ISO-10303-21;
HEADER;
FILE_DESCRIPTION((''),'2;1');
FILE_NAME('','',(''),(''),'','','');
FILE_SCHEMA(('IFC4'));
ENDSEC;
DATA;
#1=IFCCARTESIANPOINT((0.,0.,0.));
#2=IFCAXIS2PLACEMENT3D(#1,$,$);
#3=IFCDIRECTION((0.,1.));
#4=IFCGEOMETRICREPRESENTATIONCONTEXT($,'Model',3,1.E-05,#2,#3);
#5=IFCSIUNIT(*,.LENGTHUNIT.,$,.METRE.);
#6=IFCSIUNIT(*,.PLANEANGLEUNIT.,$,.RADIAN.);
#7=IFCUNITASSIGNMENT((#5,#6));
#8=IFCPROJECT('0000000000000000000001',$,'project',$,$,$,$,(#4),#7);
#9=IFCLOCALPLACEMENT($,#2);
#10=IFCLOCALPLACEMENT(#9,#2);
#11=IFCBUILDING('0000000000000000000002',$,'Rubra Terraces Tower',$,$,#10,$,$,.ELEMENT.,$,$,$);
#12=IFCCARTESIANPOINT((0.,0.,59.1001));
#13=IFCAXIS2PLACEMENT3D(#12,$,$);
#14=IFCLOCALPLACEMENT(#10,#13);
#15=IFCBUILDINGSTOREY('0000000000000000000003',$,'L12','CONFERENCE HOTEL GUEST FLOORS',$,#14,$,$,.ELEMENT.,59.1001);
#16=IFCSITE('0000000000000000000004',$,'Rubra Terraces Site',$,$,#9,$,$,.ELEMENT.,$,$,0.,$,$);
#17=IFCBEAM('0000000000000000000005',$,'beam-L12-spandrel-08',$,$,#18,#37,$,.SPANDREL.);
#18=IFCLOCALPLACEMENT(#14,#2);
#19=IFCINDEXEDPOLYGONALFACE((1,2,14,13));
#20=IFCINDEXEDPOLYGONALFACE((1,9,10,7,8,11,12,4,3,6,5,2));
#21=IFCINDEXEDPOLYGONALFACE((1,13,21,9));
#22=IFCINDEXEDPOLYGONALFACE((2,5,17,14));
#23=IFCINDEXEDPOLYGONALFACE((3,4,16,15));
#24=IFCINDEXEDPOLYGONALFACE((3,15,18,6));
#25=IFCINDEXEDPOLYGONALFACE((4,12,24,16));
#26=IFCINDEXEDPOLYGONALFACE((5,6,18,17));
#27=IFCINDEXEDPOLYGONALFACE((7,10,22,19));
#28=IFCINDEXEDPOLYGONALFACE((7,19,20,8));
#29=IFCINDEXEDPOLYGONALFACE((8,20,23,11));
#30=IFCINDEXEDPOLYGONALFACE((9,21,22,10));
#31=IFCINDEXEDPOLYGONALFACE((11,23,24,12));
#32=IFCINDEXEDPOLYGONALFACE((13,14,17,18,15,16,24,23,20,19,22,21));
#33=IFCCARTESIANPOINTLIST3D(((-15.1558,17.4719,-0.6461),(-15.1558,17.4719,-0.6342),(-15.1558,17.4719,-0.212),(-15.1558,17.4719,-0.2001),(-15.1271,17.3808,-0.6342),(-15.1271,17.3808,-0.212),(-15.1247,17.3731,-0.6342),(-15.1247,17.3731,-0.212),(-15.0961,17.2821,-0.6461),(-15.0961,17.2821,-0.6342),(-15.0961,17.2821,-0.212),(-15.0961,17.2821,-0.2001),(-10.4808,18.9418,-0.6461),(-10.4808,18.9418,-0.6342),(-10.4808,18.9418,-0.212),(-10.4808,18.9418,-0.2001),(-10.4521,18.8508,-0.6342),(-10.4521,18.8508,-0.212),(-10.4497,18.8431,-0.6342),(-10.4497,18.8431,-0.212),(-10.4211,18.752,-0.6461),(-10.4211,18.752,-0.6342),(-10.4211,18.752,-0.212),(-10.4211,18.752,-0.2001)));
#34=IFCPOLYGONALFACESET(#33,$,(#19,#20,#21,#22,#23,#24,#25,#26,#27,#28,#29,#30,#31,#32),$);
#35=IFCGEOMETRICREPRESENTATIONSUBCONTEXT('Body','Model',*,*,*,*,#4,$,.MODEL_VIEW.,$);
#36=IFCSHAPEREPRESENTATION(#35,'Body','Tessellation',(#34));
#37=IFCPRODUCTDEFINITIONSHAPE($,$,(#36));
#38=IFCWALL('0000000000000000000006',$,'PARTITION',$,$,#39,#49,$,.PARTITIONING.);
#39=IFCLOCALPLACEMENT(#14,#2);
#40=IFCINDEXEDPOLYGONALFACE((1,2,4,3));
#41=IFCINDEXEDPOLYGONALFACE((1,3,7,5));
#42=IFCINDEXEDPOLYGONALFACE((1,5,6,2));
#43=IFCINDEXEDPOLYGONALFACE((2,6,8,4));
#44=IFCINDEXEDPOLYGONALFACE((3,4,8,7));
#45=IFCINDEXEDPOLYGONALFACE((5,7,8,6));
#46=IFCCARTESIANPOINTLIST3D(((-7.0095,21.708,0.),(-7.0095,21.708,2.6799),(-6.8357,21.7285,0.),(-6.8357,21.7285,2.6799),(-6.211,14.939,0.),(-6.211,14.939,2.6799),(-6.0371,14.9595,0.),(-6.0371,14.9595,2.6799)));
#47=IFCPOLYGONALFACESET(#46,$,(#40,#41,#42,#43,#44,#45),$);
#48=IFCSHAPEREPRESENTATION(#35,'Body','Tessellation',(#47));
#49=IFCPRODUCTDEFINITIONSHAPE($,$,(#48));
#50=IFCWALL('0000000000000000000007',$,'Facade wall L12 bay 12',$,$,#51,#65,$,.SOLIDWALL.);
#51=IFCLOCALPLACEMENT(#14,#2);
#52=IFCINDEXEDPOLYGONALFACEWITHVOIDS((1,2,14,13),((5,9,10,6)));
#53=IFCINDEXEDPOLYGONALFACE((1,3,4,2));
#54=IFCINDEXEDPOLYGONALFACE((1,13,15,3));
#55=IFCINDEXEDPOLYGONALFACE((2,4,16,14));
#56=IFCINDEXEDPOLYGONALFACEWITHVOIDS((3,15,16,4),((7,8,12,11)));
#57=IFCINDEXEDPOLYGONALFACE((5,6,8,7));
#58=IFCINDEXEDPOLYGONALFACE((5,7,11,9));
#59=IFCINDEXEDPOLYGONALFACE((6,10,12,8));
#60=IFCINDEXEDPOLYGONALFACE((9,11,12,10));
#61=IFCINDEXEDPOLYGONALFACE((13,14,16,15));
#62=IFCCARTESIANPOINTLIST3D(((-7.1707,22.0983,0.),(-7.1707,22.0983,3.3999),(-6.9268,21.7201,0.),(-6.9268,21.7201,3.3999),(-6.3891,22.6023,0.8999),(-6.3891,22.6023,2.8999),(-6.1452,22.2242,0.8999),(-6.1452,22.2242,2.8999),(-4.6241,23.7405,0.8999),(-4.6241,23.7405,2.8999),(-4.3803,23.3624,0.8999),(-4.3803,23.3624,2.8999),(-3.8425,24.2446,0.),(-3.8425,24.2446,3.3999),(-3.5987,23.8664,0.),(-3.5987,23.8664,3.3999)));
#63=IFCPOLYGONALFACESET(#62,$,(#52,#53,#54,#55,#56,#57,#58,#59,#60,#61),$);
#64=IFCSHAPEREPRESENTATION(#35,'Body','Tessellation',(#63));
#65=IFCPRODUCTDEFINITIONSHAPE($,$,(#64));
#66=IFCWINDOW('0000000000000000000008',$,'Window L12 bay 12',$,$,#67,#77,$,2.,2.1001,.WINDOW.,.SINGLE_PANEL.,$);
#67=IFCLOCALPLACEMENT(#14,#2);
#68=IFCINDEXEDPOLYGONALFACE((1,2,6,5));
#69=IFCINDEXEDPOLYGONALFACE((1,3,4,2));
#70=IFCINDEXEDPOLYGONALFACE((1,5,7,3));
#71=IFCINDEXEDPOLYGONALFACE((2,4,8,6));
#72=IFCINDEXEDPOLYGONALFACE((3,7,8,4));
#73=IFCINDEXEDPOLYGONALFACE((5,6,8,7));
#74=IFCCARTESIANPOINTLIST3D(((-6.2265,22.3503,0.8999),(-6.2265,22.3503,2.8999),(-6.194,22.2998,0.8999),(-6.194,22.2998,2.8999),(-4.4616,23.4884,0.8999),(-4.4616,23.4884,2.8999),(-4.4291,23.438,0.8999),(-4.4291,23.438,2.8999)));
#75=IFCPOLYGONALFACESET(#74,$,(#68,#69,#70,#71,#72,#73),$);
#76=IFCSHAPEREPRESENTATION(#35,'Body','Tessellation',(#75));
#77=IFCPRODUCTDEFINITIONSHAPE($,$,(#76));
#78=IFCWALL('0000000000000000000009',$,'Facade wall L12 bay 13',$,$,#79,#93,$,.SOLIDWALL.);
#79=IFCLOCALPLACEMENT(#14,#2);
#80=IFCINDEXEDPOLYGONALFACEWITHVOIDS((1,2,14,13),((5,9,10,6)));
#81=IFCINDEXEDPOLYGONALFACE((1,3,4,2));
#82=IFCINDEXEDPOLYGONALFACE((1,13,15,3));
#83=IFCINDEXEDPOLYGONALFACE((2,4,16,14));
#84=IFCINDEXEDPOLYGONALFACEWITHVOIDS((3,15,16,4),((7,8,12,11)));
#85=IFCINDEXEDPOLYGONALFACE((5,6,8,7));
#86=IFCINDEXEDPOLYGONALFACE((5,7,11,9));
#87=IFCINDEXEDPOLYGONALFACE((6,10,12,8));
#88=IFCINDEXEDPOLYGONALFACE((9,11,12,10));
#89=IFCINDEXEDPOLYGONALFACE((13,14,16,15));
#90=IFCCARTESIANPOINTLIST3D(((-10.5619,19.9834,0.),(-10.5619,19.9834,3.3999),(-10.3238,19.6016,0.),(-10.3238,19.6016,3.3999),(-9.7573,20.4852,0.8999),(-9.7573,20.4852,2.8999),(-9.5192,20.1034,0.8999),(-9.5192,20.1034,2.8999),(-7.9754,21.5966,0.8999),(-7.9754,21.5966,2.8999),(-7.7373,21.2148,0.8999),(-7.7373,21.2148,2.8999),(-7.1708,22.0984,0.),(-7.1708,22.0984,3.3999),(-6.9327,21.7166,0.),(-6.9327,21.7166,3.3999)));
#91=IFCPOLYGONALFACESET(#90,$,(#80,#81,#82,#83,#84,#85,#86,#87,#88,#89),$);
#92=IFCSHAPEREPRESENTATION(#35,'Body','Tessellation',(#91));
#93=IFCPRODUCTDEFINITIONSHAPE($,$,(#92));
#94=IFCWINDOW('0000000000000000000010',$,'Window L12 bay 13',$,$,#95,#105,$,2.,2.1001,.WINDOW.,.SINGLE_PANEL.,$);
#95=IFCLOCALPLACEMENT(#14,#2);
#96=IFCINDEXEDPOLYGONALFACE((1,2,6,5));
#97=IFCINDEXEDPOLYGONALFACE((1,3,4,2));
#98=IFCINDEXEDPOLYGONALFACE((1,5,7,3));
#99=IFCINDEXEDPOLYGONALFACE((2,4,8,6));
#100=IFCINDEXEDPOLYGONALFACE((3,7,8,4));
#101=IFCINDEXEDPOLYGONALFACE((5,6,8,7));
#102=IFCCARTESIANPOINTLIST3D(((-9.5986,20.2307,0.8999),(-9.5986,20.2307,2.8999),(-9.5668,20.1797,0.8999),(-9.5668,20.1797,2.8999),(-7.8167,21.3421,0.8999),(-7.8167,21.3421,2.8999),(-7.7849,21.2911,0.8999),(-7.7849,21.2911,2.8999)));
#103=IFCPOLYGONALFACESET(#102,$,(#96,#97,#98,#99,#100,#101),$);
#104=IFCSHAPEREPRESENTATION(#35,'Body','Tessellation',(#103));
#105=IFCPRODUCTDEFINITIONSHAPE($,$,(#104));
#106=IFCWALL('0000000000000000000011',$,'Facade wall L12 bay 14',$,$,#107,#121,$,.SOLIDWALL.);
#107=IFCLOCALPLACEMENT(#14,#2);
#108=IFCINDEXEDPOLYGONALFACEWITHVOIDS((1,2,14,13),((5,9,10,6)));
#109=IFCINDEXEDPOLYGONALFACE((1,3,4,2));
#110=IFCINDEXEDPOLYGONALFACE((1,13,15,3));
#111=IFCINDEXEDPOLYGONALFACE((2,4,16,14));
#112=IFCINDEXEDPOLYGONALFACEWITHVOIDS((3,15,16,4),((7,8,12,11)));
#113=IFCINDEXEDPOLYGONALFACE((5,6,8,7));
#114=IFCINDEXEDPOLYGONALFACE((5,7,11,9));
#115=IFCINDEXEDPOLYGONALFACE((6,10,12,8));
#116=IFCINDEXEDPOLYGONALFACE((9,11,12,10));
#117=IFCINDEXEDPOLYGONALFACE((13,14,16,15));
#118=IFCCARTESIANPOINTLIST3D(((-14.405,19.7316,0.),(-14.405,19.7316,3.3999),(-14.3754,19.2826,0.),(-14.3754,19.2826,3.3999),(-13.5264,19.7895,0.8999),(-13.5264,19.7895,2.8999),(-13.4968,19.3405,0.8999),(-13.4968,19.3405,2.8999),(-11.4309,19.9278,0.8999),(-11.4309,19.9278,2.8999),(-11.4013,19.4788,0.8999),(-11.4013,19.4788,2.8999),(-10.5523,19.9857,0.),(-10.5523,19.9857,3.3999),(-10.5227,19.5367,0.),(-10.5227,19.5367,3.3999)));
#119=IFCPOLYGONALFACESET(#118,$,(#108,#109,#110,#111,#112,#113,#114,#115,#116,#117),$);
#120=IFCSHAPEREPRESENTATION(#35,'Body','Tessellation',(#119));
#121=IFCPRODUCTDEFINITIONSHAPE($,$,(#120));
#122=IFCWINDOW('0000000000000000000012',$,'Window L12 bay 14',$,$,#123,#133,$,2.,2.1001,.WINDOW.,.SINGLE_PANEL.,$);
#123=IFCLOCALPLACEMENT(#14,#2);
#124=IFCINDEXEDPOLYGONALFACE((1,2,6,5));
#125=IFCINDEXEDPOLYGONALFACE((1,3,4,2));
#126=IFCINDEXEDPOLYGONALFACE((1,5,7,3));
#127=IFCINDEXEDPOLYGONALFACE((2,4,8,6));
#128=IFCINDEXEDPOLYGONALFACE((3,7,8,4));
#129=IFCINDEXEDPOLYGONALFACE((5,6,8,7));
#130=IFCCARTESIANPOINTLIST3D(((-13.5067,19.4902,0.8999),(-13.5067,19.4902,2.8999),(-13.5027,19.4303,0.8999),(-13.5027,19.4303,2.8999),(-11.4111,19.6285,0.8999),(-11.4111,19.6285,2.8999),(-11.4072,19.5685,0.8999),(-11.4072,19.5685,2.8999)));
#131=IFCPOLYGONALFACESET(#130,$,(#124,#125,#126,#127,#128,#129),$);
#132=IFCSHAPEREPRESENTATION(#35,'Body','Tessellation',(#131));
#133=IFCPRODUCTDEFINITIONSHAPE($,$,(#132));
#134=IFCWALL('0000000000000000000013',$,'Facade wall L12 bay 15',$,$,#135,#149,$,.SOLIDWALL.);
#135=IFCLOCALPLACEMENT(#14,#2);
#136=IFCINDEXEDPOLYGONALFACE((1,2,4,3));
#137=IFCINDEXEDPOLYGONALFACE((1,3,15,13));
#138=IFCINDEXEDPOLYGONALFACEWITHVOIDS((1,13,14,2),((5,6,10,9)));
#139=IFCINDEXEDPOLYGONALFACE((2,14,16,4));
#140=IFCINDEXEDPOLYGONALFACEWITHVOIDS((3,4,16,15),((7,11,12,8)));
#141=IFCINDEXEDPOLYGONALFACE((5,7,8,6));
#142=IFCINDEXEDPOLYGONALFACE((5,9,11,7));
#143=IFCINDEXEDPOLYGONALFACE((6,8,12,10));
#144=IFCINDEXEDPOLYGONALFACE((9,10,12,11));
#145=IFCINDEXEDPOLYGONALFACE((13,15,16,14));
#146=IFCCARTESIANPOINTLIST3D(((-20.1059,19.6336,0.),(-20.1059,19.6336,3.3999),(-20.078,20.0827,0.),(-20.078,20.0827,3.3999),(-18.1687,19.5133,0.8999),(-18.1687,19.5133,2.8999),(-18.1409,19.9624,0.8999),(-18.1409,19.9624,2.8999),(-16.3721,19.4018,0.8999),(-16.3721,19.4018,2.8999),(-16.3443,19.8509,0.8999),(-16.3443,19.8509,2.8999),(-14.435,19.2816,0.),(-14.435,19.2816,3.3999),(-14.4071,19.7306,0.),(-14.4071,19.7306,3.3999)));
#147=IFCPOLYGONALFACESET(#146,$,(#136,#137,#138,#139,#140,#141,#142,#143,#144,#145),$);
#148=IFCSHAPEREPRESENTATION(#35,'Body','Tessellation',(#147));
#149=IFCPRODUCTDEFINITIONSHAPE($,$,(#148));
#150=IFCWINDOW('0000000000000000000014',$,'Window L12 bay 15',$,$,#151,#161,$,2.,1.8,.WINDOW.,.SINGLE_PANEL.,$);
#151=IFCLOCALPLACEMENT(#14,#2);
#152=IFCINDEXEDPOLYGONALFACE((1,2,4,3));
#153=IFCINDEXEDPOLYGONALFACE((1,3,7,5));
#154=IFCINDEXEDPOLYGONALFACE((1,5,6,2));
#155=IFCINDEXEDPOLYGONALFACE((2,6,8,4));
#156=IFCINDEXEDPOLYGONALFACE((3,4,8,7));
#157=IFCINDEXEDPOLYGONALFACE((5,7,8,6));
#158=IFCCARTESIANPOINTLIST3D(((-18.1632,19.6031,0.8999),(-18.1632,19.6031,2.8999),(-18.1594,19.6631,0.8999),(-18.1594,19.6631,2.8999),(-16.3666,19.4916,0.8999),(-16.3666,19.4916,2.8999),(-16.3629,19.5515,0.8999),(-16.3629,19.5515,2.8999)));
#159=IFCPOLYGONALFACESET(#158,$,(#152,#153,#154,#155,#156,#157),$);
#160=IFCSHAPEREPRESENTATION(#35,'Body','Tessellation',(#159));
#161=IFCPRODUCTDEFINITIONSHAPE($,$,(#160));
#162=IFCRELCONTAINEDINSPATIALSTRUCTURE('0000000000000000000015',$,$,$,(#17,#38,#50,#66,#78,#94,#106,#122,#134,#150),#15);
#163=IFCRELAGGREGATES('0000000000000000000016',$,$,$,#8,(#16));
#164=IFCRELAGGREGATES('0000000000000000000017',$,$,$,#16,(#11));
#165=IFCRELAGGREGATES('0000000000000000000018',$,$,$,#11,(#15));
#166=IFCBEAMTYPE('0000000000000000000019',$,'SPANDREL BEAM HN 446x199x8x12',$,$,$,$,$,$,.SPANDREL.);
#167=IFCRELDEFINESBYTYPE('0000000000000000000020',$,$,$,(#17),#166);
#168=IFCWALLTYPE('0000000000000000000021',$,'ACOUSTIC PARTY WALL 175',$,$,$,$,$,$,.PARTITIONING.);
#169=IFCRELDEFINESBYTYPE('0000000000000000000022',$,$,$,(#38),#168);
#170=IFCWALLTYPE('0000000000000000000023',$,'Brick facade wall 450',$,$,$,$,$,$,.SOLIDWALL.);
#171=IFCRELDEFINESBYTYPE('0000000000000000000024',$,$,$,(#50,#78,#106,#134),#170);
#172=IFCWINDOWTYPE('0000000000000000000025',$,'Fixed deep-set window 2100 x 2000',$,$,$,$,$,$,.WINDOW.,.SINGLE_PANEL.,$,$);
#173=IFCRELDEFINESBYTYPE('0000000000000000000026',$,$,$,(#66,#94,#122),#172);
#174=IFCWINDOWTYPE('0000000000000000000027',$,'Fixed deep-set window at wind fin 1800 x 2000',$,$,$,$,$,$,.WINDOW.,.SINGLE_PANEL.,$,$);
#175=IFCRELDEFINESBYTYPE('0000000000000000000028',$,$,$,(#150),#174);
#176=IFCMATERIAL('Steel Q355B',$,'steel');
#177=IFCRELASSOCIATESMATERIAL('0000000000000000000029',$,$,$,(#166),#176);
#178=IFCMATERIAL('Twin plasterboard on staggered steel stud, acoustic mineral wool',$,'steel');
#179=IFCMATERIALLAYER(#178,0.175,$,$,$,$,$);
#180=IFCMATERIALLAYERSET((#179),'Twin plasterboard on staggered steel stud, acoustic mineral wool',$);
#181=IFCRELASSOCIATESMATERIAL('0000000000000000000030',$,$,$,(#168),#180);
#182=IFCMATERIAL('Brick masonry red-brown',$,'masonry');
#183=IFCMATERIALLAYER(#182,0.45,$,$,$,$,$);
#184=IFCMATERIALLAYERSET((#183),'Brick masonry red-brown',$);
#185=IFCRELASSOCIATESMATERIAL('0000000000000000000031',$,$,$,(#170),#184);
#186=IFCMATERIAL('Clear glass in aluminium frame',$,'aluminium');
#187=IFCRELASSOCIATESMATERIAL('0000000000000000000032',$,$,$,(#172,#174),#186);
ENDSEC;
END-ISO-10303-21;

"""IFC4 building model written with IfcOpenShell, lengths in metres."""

from ifc_helpers import new_model, si_unit, direction, frame, frame_2d, origin, origin_2d, place, context, subcontext, project, spatial, rectangle, i_section, extrude, material, layer, layer_set, material_profile, profile_set, type_object, element, fill, save


model = new_model("IFC4")

# Units and contexts
model_context = context("Model", 3, precision=1e-05, world=origin(), true_north=direction((0.0, 1.0)))
body_context = subcontext(model_context, "Body", "Model", "MODEL_VIEW")
ifc_project = project(units=[si_unit("LENGTHUNIT", "METRE"), si_unit("PLANEANGLEUNIT", "RADIAN")], contexts=[model_context])

# Site, building, storey
site_placement = place(None, origin())
site = spatial("IfcSite", under=ifc_project, at=site_placement, Name="Rubra Terraces Site", CompositionType="ELEMENT", RefElevation=0.0)
building_placement = place(site_placement, origin())
building = spatial("IfcBuilding", under=site, at=building_placement, Name="Rubra Terraces Tower", CompositionType="ELEMENT")
storey_placement = place(building_placement, frame((0.0, 0.0, 59.1001)))
storey = spatial("IfcBuildingStorey", under=building, at=storey_placement, Name="L12", Description="CONFERENCE HOTEL GUEST FLOORS", CompositionType="ELEMENT", Elevation=59.1001)

# Beam
ifc_material_1 = material(Name="Steel Q355B", Category="steel")
ifc_material_profile_1 = material_profile(ifc_material_1, i_section(OverallWidth=0.199, OverallDepth=0.446, WebThickness=0.0081, FlangeThickness=0.012, at=origin_2d()), Name="HN 446x199x8x12")
ifc_profile_set_1 = profile_set([ifc_material_profile_1], Name="Steel Q355B")
beam_type_1 = type_object("IfcBeamType", Name="SPANDREL BEAM HN 446x199x8x12", PredefinedType="SPANDREL", material=ifc_profile_set_1)
beam_1_placement = place(storey_placement, frame((-10.4509, 18.8469, -0.4231), z_axis=(-0.953955, -0.299951, 0.0), x_axis=(0.299951, -0.953955, 0.0)))
element("IfcBeam", 1, at=beam_1_placement, inside=storey, type_object=beam_type_1, Name="beam-L12-spandrel-08", PredefinedType="SPANDREL", context=body_context, shape_type="SweptSolid", body=[
    extrude(i_section(OverallWidth=0.199, OverallDepth=0.446, WebThickness=0.0081, FlangeThickness=0.012, at=origin_2d()), origin(), (0.0, 0.0, 1.0), 4.9006),
])

# Wall
ifc_material_2 = material(Name="Twin plasterboard on staggered steel stud, acoustic mineral wool", Category="steel")
ifc_layer_1 = layer(ifc_material_2, 0.175)
ifc_layer_set_1 = layer_set([ifc_layer_1], Name="Twin plasterboard on staggered steel stud, acoustic mineral wool")
wall_type_1 = type_object("IfcWallType", Name="ACOUSTIC PARTY WALL 175", PredefinedType="PARTITIONING", material=ifc_layer_set_1)
wall_1_placement = place(storey_placement, frame((-6.9226, 21.7183, 0.0), z_axis=(0.0, 0.0, 1.0), x_axis=(0.117163, -0.993113, 0.0)))
element("IfcWall", 2, at=wall_1_placement, inside=storey, type_object=wall_type_1, Name="PARTITION", PredefinedType="PARTITIONING", context=body_context, shape_type="SweptSolid", body=[
    extrude(rectangle(XDim=6.8159, YDim=0.175, at=frame_2d((3.408, 0.0))), origin(), (0.0, 0.0, 1.0), 2.6799),
])

# Walls, openings, windows
ifc_material_3 = material(Name="Brick masonry red-brown", Category="masonry")
ifc_layer_2 = layer(ifc_material_3, 0.45)
ifc_layer_set_2 = layer_set([ifc_layer_2], Name="Brick masonry red-brown")
wall_type_2 = type_object("IfcWallType", Name="Brick facade wall 450", PredefinedType="SOLIDWALL", material=ifc_layer_set_2)
wall_2_placement = place(storey_placement, frame((-3.7207, 24.0554, 0.0), z_axis=(0.0, 0.0, 1.0), x_axis=(-0.840404, -0.54196, 0.0)))
wall_2 = element("IfcWall", 3, at=wall_2_placement, inside=storey, type_object=wall_type_2, Name="Facade wall L12 bay 12", PredefinedType="SOLIDWALL", context=body_context, shape_type="SweptSolid", body=[
    extrude(rectangle(XDim=3.9602, YDim=0.45, at=frame_2d((1.98, 0.0))), origin(), (0.0, 0.0, 1.0), 3.3999),
])
opening_1_placement = place(wall_2_placement, frame((0.9299, 0.0, 0.8999)))
opening_1 = element("IfcOpeningElement", 4, at=opening_1_placement, cuts=wall_2, PredefinedType="OPENING", context=body_context, shape_type="SweptSolid", body=[
    extrude(rectangle(XDim=2.1001, YDim=2.0, at=frame_2d((1.05, 1.0))), frame((0.0, 0.2349, 0.0), z_axis=(0.0, -1.0, 0.0), x_axis=(1.0, 0.0, 0.0)), (0.0, 0.0, 1.0), 0.47),
])
ifc_material_4 = material(Name="Clear glass in aluminium frame", Category="aluminium")
window_type_1 = type_object("IfcWindowType", Name="Fixed deep-set window 2100 x 2000", PartitioningType="SINGLE_PANEL", PredefinedType="WINDOW", material=ifc_material_4)
window_1_placement = place(opening_1_placement, origin())
window_1 = element("IfcWindow", 5, at=window_1_placement, inside=storey, type_object=window_type_1, Name="Window L12 bay 12", OverallHeight=2.0, OverallWidth=2.1001, PartitioningType="SINGLE_PANEL", PredefinedType="WINDOW", context=body_context, shape_type="SweptSolid", body=[
    extrude(rectangle(XDim=2.1001, YDim=2.0, at=frame_2d((1.05, 1.0))), frame((0.0, 0.135, 0.0), z_axis=(0.0, -1.0, 0.0), x_axis=(1.0, 0.0, 0.0)), (0.0, 0.0, 1.0), 0.0601),
])
fill(opening_1, window_1)
wall_3_placement = place(storey_placement, frame((-7.0518, 21.9075, 0.0), z_axis=(0.0, 0.0, 1.0), x_axis=(-0.848499, -0.529197, 0.0)))
wall_3 = element("IfcWall", 6, at=wall_3_placement, inside=storey, type_object=wall_type_2, Name="Facade wall L12 bay 13", PredefinedType="SOLIDWALL", context=body_context, shape_type="SweptSolid", body=[
    extrude(rectangle(XDim=3.9966, YDim=0.45, at=frame_2d((1.9983, 0.0))), origin(), (0.0, 0.0, 1.0), 3.3999),
])
opening_2_placement = place(wall_3_placement, frame((0.9482, 0.0, 0.8999)))
opening_2 = element("IfcOpeningElement", 7, at=opening_2_placement, cuts=wall_3, PredefinedType="OPENING", context=body_context, shape_type="SweptSolid", body=[
    extrude(rectangle(XDim=2.1001, YDim=2.0, at=frame_2d((1.05, 1.0))), frame((0.0, 0.2349, 0.0), z_axis=(0.0, -1.0, 0.0), x_axis=(1.0, 0.0, 0.0)), (0.0, 0.0, 1.0), 0.47),
])
window_2_placement = place(opening_2_placement, origin())
window_2 = element("IfcWindow", 8, at=window_2_placement, inside=storey, type_object=window_type_1, Name="Window L12 bay 13", OverallHeight=2.0, OverallWidth=2.1001, PartitioningType="SINGLE_PANEL", PredefinedType="WINDOW", context=body_context, shape_type="SweptSolid", body=[
    extrude(rectangle(XDim=2.1001, YDim=2.0, at=frame_2d((1.05, 1.0))), frame((0.0, 0.135, 0.0), z_axis=(0.0, -1.0, 0.0), x_axis=(1.0, 0.0, 0.0)), (0.0, 0.0, 1.0), 0.0601),
])
fill(opening_2, window_2)
wall_4_placement = place(storey_placement, frame((-10.5374, 19.7612, 0.0), z_axis=(0.0, 0.0, 1.0), x_axis=(-0.997831, -0.065822, 0.0)))
wall_4 = element("IfcWall", 9, at=wall_4_placement, inside=storey, type_object=wall_type_2, Name="Facade wall L12 bay 14", PredefinedType="SOLIDWALL", context=body_context, shape_type="SweptSolid", body=[
    extrude(rectangle(XDim=3.8611, YDim=0.45, at=frame_2d((1.9307, 0.0))), origin(), (0.0, 0.0, 1.0), 3.3999),
])
opening_3_placement = place(wall_4_placement, frame((0.8806, 0.0, 0.8999)))
opening_3 = element("IfcOpeningElement", 10, at=opening_3_placement, cuts=wall_4, PredefinedType="OPENING", context=body_context, shape_type="SweptSolid", body=[
    extrude(rectangle(XDim=2.1001, YDim=2.0, at=frame_2d((1.05, 1.0))), frame((0.0, 0.2349, 0.0), z_axis=(0.0, -1.0, 0.0), x_axis=(1.0, 0.0, 0.0)), (0.0, 0.0, 1.0), 0.47),
])
window_3_placement = place(opening_3_placement, origin())
window_3 = element("IfcWindow", 11, at=window_3_placement, inside=storey, type_object=window_type_1, Name="Window L12 bay 14", OverallHeight=2.0, OverallWidth=2.1001, PartitioningType="SINGLE_PANEL", PredefinedType="WINDOW", context=body_context, shape_type="SweptSolid", body=[
    extrude(rectangle(XDim=2.1001, YDim=2.0, at=frame_2d((1.05, 1.0))), frame((0.0, 0.135, 0.0), z_axis=(0.0, -1.0, 0.0), x_axis=(1.0, 0.0, 0.0)), (0.0, 0.0, 1.0), 0.0601),
])
fill(opening_3, window_3)
wall_5_placement = place(storey_placement, frame((-14.4211, 19.5061, 0.0), z_axis=(0.0, 0.0, 1.0), x_axis=(-0.998079, 0.061961, 0.0)))
wall_5 = element("IfcWall", 12, at=wall_5_placement, inside=storey, type_object=wall_type_2, Name="Facade wall L12 bay 15", PredefinedType="SOLIDWALL", context=body_context, shape_type="SweptSolid", body=[
    extrude(rectangle(XDim=5.6819, YDim=0.45, at=frame_2d((2.8408, 0.0))), origin(), (0.0, 0.0, 1.0), 3.3999),
])
opening_4_placement = place(wall_5_placement, frame((1.9409, 0.0, 0.8999)))
opening_4 = element("IfcOpeningElement", 13, at=opening_4_placement, cuts=wall_5, PredefinedType="OPENING", context=body_context, shape_type="SweptSolid", body=[
    extrude(rectangle(XDim=1.8, YDim=2.0, at=frame_2d((0.8999, 1.0))), frame((0.0, 0.2349, 0.0), z_axis=(0.0, -1.0, 0.0), x_axis=(1.0, 0.0, 0.0)), (0.0, 0.0, 1.0), 0.47),
])
window_type_2 = type_object("IfcWindowType", Name="Fixed deep-set window at wind fin 1800 x 2000", PartitioningType="SINGLE_PANEL", PredefinedType="WINDOW", material=ifc_material_4)
window_4_placement = place(opening_4_placement, origin())
window_4 = element("IfcWindow", 14, at=window_4_placement, inside=storey, type_object=window_type_2, Name="Window L12 bay 15", OverallHeight=2.0, OverallWidth=1.8, PartitioningType="SINGLE_PANEL", PredefinedType="WINDOW", context=body_context, shape_type="SweptSolid", body=[
    extrude(rectangle(XDim=1.8, YDim=2.0, at=frame_2d((0.8999, 1.0))), frame((0.0, 0.135, 0.0), z_axis=(0.0, -1.0, 0.0), x_axis=(1.0, 0.0, 0.0)), (0.0, 0.0, 1.0), 0.0601),
])
fill(opening_4, window_4)

save(model, "model.ifc")
